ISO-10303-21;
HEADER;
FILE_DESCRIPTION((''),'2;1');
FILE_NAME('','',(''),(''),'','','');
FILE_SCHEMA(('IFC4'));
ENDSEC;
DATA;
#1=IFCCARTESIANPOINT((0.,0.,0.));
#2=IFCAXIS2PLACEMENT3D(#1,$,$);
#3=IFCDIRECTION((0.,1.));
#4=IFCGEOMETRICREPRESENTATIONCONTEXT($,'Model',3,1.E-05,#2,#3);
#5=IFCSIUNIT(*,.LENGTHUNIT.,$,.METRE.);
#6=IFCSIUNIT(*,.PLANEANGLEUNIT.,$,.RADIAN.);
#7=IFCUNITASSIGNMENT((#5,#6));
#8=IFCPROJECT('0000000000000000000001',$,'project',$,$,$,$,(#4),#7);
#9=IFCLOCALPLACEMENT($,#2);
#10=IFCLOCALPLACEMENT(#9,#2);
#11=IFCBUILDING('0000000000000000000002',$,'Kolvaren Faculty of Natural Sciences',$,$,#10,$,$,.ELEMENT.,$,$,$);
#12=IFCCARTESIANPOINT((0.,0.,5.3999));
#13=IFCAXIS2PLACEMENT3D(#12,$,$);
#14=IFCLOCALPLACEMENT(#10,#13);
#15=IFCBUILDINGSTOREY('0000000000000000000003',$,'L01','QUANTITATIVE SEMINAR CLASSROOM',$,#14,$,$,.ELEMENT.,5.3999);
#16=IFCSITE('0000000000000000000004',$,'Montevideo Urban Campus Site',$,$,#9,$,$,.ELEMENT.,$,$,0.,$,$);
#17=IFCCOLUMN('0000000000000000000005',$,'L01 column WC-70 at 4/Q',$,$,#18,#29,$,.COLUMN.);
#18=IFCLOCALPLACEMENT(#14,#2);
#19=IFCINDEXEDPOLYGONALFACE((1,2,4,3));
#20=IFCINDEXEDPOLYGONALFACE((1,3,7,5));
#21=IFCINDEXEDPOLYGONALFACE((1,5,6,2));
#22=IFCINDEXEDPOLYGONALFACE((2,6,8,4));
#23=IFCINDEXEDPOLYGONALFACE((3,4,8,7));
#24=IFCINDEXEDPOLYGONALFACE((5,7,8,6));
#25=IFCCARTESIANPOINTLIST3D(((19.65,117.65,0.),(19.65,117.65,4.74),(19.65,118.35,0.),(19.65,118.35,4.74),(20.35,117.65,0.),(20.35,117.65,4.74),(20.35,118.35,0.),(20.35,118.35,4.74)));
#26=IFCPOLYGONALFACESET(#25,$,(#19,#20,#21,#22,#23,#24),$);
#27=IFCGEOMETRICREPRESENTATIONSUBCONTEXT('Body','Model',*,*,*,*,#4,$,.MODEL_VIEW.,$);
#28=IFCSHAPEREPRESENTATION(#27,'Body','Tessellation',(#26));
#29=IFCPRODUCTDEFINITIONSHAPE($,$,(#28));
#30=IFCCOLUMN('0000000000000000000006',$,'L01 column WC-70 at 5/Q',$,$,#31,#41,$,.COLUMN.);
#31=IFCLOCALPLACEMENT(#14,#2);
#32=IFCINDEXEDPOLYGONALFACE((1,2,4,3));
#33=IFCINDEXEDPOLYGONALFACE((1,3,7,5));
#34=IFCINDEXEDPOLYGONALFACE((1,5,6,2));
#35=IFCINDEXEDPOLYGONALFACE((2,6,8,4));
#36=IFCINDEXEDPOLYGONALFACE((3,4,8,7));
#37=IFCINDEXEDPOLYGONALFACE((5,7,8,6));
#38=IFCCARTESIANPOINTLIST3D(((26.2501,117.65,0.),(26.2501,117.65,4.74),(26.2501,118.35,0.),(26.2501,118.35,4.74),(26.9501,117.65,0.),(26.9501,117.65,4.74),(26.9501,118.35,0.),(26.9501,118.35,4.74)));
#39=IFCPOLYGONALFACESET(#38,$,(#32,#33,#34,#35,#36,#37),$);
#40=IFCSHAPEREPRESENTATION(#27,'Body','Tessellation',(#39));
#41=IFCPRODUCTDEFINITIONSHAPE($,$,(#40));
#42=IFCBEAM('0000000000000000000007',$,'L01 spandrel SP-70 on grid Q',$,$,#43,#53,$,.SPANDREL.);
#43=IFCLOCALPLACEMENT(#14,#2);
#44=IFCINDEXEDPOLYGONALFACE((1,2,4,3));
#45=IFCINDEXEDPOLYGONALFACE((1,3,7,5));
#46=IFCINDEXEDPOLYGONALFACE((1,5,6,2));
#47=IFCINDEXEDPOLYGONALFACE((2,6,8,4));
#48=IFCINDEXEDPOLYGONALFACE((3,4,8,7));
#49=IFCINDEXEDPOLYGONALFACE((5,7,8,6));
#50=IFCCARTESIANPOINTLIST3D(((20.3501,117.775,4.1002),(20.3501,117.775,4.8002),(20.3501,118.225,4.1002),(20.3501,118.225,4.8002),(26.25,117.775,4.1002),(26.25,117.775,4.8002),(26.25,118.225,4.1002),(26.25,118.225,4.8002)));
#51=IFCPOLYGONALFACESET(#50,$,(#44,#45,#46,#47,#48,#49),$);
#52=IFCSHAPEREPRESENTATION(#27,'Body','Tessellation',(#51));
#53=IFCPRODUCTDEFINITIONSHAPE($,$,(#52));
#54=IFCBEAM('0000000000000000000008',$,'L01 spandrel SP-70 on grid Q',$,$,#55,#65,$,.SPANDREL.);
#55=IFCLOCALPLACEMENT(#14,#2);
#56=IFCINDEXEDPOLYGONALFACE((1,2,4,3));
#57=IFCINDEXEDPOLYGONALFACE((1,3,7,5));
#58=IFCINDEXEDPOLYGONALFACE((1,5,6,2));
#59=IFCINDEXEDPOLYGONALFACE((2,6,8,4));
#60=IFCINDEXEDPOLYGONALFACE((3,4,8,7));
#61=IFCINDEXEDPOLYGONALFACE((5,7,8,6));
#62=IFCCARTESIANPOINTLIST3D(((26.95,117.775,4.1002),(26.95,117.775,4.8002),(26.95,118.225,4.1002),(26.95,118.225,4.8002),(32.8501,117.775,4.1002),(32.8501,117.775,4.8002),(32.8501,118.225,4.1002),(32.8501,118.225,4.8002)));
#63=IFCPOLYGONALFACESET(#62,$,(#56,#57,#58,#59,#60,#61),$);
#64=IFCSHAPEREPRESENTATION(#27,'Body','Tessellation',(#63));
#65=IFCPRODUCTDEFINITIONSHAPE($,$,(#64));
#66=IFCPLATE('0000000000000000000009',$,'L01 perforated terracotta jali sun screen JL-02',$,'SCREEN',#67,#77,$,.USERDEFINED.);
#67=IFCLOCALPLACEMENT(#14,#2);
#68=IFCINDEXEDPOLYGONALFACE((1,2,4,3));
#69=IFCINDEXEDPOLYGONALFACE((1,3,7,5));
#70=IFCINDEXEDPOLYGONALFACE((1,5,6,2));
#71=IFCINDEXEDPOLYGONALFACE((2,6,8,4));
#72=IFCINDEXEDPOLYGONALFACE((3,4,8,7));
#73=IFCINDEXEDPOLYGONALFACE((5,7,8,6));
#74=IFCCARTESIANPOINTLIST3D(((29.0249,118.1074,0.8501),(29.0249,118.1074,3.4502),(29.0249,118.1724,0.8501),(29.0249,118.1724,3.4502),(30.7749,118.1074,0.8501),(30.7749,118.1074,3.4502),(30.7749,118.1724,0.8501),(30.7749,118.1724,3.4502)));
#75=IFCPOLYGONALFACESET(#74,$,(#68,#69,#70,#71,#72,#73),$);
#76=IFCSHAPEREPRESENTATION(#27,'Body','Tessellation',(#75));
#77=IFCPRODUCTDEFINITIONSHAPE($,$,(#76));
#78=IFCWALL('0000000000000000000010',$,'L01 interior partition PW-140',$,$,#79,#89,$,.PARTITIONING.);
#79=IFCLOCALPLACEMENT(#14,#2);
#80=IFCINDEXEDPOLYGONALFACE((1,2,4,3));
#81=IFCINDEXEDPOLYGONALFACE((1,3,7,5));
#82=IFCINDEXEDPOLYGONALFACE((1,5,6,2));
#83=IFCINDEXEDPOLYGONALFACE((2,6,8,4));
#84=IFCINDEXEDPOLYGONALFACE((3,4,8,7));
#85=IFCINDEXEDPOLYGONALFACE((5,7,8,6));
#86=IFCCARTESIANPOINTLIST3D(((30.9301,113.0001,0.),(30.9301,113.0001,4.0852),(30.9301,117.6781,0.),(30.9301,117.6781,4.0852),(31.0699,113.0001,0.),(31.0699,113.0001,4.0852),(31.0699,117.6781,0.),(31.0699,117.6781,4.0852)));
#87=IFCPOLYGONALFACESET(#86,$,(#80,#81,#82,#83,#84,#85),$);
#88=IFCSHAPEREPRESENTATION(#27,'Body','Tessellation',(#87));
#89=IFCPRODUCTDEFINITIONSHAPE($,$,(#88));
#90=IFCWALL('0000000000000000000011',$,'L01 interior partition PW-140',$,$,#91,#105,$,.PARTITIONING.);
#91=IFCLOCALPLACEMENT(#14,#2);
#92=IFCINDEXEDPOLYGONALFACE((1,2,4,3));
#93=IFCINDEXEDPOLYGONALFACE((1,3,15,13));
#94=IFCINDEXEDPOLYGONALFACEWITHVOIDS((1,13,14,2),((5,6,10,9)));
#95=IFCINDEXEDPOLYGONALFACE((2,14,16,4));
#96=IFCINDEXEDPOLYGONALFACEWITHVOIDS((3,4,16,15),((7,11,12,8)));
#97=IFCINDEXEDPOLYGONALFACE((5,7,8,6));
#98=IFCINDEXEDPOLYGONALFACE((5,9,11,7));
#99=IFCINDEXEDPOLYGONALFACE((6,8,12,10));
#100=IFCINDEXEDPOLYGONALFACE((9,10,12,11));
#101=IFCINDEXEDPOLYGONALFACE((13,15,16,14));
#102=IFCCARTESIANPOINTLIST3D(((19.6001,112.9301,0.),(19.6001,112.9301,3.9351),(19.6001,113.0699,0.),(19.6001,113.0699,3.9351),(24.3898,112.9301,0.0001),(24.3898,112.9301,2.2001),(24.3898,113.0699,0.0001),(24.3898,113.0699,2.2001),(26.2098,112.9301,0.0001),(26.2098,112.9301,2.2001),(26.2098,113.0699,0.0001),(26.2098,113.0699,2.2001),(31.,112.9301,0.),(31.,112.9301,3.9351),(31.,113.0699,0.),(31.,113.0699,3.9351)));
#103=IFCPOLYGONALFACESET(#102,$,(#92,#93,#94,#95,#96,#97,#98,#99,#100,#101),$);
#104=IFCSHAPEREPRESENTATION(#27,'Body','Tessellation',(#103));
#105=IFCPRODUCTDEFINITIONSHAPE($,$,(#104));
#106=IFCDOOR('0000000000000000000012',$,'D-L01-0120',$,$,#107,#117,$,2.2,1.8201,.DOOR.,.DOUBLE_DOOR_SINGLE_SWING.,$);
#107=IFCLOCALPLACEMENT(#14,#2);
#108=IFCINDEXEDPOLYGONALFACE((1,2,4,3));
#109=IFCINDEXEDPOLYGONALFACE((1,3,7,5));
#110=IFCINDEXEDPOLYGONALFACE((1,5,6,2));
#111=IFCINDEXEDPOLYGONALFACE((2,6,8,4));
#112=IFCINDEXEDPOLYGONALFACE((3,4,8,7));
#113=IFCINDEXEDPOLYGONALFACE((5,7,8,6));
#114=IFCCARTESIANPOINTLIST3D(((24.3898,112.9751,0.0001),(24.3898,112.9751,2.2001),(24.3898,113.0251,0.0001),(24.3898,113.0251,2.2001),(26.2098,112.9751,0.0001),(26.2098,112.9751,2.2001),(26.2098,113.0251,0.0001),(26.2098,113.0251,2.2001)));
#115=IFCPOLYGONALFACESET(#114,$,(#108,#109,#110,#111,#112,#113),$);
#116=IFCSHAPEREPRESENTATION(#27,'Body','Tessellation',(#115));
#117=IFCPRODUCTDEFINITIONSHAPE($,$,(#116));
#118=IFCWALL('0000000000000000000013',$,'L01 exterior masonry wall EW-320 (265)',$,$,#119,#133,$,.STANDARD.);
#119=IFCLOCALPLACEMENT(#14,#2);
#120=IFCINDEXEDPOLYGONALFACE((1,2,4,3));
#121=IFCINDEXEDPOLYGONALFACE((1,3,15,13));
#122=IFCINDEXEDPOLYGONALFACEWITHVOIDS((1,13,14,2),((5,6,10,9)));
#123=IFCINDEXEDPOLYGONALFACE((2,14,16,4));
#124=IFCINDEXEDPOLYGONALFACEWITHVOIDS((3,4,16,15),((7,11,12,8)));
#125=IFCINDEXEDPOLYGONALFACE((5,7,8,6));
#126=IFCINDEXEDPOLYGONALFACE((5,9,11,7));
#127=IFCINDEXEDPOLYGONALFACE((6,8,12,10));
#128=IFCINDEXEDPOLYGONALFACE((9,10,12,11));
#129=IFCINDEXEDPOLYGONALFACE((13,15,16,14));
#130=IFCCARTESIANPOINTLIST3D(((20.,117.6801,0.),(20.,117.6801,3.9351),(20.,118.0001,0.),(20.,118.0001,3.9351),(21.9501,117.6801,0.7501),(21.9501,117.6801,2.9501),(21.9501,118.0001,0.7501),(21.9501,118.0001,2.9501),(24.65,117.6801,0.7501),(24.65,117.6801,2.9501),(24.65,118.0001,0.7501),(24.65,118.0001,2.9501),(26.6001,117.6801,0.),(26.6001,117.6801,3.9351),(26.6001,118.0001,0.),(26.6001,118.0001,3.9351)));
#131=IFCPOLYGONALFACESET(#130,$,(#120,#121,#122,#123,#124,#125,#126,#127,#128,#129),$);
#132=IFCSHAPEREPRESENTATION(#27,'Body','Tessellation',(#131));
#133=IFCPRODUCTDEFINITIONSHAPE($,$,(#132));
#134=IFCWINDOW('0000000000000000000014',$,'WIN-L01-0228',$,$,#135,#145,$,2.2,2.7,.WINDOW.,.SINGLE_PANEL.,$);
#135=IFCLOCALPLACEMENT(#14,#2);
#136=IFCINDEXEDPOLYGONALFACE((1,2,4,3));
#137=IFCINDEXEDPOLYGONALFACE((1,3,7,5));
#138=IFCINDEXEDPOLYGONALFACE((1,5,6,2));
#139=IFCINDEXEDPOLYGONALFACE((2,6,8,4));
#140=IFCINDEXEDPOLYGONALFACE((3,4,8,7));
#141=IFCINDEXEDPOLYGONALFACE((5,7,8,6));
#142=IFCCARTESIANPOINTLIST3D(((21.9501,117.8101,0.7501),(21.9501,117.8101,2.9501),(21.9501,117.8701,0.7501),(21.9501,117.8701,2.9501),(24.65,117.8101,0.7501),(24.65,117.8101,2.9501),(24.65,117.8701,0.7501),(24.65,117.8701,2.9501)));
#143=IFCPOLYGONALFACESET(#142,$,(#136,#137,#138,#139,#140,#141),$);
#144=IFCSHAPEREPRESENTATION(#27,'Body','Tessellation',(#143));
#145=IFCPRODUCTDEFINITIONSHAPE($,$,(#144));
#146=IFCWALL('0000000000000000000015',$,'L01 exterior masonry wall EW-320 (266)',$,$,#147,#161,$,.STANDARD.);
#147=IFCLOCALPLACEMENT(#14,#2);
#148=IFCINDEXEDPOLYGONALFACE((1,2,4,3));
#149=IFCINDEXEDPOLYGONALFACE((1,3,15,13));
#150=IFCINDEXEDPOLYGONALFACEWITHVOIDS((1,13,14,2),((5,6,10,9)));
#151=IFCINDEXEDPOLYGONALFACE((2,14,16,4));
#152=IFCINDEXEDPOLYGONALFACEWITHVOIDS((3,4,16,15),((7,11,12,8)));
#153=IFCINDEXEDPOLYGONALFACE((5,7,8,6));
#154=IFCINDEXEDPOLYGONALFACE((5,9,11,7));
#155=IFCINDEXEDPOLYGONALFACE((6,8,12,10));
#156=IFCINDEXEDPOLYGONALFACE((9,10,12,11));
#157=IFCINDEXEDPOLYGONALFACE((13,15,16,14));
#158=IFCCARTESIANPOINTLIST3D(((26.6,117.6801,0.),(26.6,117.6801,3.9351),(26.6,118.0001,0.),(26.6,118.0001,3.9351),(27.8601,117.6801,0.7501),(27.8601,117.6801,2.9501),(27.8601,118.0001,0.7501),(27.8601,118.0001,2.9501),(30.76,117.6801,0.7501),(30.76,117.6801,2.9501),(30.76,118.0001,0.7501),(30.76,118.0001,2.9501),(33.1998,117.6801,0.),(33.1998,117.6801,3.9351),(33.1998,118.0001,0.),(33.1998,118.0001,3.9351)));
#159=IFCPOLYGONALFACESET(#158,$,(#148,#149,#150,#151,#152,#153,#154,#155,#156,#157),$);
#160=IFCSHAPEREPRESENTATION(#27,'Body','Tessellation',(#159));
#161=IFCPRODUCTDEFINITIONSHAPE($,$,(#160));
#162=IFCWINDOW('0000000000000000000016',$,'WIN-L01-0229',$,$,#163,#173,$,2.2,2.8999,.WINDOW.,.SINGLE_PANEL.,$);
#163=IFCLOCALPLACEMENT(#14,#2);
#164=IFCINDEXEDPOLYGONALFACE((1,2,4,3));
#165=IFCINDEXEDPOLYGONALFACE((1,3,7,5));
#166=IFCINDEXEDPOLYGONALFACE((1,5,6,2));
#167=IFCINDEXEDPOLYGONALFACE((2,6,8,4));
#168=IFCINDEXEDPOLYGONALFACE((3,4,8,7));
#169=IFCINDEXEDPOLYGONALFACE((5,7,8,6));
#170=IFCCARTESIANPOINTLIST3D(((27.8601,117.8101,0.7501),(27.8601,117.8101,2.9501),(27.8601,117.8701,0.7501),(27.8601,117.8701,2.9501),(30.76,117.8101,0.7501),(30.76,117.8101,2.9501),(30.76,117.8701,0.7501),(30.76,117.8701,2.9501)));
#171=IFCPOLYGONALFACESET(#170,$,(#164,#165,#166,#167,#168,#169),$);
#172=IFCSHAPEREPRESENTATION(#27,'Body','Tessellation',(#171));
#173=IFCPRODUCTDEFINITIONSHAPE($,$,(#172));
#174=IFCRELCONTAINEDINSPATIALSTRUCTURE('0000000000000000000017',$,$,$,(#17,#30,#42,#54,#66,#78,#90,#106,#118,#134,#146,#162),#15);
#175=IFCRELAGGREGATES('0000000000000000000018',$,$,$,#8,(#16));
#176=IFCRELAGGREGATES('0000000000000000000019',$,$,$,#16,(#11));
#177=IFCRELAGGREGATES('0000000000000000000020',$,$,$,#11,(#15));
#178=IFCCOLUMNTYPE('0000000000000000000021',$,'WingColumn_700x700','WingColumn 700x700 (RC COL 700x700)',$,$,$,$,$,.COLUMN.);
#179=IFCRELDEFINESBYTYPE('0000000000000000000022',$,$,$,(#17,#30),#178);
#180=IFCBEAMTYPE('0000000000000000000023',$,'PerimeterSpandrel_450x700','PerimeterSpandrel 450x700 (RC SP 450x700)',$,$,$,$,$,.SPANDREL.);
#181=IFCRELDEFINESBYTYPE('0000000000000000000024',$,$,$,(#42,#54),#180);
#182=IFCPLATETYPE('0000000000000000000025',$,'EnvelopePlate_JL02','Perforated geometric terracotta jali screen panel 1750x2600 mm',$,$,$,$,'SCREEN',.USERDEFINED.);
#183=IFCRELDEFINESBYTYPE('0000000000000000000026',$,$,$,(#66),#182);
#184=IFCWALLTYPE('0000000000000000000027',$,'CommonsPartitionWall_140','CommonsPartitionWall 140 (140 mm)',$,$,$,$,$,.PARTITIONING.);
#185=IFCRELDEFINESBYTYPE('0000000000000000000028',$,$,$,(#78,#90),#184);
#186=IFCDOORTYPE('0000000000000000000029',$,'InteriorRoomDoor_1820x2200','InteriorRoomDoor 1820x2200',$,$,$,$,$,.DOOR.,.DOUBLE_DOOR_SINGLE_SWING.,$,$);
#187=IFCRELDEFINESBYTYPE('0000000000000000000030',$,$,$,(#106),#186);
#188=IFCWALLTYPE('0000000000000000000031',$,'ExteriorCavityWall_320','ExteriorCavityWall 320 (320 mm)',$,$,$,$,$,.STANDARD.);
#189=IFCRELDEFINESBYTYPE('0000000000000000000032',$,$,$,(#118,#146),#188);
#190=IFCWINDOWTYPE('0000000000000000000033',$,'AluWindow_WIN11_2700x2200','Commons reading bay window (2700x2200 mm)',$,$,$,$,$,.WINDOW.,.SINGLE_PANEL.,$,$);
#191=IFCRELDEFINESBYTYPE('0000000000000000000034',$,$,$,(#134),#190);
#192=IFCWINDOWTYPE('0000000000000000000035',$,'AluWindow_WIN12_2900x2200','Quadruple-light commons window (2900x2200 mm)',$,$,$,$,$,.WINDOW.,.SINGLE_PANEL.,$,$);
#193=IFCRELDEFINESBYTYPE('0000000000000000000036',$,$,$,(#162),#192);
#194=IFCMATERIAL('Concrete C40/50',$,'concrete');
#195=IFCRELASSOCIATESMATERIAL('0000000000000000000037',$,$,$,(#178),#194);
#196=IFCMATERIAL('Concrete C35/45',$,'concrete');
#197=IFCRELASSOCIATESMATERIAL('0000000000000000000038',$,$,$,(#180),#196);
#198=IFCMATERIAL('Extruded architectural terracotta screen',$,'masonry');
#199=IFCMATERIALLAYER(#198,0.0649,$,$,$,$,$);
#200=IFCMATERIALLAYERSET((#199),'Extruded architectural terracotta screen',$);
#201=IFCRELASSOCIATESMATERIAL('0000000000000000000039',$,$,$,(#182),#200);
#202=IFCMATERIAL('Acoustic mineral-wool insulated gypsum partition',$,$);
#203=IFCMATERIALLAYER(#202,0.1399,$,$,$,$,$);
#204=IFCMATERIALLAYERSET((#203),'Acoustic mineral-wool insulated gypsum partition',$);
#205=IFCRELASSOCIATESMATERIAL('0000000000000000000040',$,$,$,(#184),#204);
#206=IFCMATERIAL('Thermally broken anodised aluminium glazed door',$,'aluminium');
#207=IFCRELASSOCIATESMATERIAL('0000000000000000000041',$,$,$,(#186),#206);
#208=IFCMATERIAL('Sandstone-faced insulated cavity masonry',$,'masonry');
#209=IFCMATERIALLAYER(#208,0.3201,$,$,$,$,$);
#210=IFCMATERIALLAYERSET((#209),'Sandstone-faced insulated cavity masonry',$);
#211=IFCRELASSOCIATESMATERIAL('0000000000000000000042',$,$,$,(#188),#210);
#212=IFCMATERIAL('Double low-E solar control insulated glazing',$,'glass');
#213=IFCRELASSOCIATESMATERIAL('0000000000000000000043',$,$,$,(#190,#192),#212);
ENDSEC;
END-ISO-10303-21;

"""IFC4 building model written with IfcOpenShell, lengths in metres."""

from ifc_helpers import new_model, si_unit, direction, frame, frame_2d, origin, origin_2d, place, context, subcontext, project, spatial, rectangle, extrude, material, layer, layer_set, material_profile, profile_set, type_object, element, fill, save


model = new_model("IFC4")

# Units and contexts
model_context = context("Model", 3, precision=1e-05, world=origin(), true_north=direction((0.0, 1.0)))
body_context = subcontext(model_context, "Body", "Model", "MODEL_VIEW")
ifc_project = project(units=[si_unit("LENGTHUNIT", "METRE"), si_unit("PLANEANGLEUNIT", "RADIAN")], contexts=[model_context])

# Site, building, storey
site_placement = place(None, origin())
site = spatial("IfcSite", under=ifc_project, at=site_placement, Name="Montevideo Urban Campus Site", CompositionType="ELEMENT", RefElevation=0.0)
building_placement = place(site_placement, origin())
building = spatial("IfcBuilding", under=site, at=building_placement, Name="Kolvaren Faculty of Natural Sciences", CompositionType="ELEMENT")
storey_placement = place(building_placement, frame((0.0, 0.0, 5.3999)))
storey = spatial("IfcBuildingStorey", under=building, at=storey_placement, Name="L01", Description="QUANTITATIVE SEMINAR CLASSROOM", CompositionType="ELEMENT", Elevation=5.3999)

# Columns
ifc_material_1 = material(Name="Concrete C40/50", Category="concrete")
ifc_material_profile_1 = material_profile(ifc_material_1, rectangle(XDim=0.7, YDim=0.7, at=origin_2d()), Name="RC COL 700x700")
ifc_profile_set_1 = profile_set([ifc_material_profile_1], Name="Concrete C40/50")
column_type = type_object("IfcColumnType", Name="WingColumn_700x700", Description="WingColumn 700x700 (RC COL 700x700)", PredefinedType="COLUMN", material=ifc_profile_set_1)
for number, where, z_axis, x_axis, name in (
    (1, (20.0, 118.0, 0.0), (0.0, 0.0, 1.0), (1.0, 0.0, 0.0), "L01 column WC-70 at 4/Q"),
    (2, (26.6001, 118.0, 0.0), (0.0, 0.0, 1.0), (1.0, 0.0, 0.0), "L01 column WC-70 at 5/Q"),
):
    element("IfcColumn", number, at=place(storey_placement, frame(where, z_axis=z_axis, x_axis=x_axis)), inside=storey, type_object=column_type, Name=name, PredefinedType="COLUMN", context=body_context, shape_type="SweptSolid", body=[
        extrude(rectangle(XDim=0.7, YDim=0.7, at=origin_2d()), origin(), (0.0, 0.0, 1.0), 4.74),
    ])

# Beams
ifc_material_2 = material(Name="Concrete C35/45", Category="concrete")
ifc_material_profile_2 = material_profile(ifc_material_2, rectangle(XDim=0.45, YDim=0.7, at=origin_2d()), Name="RC SP 450x700")
ifc_profile_set_2 = profile_set([ifc_material_profile_2], Name="Concrete C35/45")
beam_type = type_object("IfcBeamType", Name="PerimeterSpandrel_450x700", Description="PerimeterSpandrel 450x700 (RC SP 450x700)", PredefinedType="SPANDREL", material=ifc_profile_set_2)
beam_1_placement = place(storey_placement, frame((20.3501, 118.0, 4.4502), z_axis=(1.0, 0.0, 0.0), x_axis=(0.0, 1.0, 0.0)))
element("IfcBeam", 3, at=beam_1_placement, inside=storey, type_object=beam_type, Name="L01 spandrel SP-70 on grid Q", PredefinedType="SPANDREL", context=body_context, shape_type="SweptSolid", body=[
    extrude(rectangle(XDim=0.45, YDim=0.7, at=origin_2d()), origin(), (0.0, 0.0, 1.0), 5.8999),
])
beam_2_placement = place(storey_placement, frame((26.95, 118.0, 4.4502), z_axis=(1.0, 0.0, 0.0), x_axis=(0.0, 1.0, 0.0)))
element("IfcBeam", 4, at=beam_2_placement, inside=storey, type_object=beam_type, Name="L01 spandrel SP-70 on grid Q", PredefinedType="SPANDREL", context=body_context, shape_type="SweptSolid", body=[
    extrude(rectangle(XDim=0.45, YDim=0.7, at=origin_2d()), origin(), (0.0, 0.0, 1.0), 5.9001),
])

# Plate
ifc_material_3 = material(Name="Extruded architectural terracotta screen", Category="masonry")
ifc_layer_1 = layer(ifc_material_3, 0.0649)
ifc_layer_set_1 = layer_set([ifc_layer_1], Name="Extruded architectural terracotta screen")
plate_type = type_object("IfcPlateType", Name="EnvelopePlate_JL02", Description="Perforated geometric terracotta jali screen panel 1750x2600 mm", ElementType="SCREEN", PredefinedType="USERDEFINED", material=ifc_layer_set_1)
plate_placement = place(storey_placement, frame((29.8999, 118.1399, 0.8501), z_axis=(0.0, 0.0, 1.0), x_axis=(1.0, 0.0, 0.0)))
element("IfcPlate", 5, at=plate_placement, inside=storey, type_object=plate_type, Name="L01 perforated terracotta jali sun screen JL-02", ObjectType="SCREEN", PredefinedType="USERDEFINED", context=body_context, shape_type="SweptSolid", body=[
    extrude(rectangle(XDim=1.75, YDim=0.0649, at=origin_2d()), origin(), (0.0, 0.0, 1.0), 2.6001),
])

# Wall
ifc_material_4 = material(Name="Acoustic mineral-wool insulated gypsum partition")
ifc_layer_2 = layer(ifc_material_4, 0.1399)
ifc_layer_set_2 = layer_set([ifc_layer_2], Name="Acoustic mineral-wool insulated gypsum partition")
wall_type_1 = type_object("IfcWallType", Name="CommonsPartitionWall_140", Description="CommonsPartitionWall 140 (140 mm)", PredefinedType="PARTITIONING", material=ifc_layer_set_2)
wall_1_placement = place(storey_placement, frame((31.0, 117.678, 0.0), z_axis=(0.0, 0.0, 1.0), x_axis=(0.0, -1.0, 0.0)))
element("IfcWall", 6, at=wall_1_placement, inside=storey, type_object=wall_type_1, Name="L01 interior partition PW-140", PredefinedType="PARTITIONING", context=body_context, shape_type="SweptSolid", body=[
    extrude(rectangle(XDim=4.678, YDim=0.1399, at=frame_2d((2.3389, 0.0))), origin(), (0.0, 0.0, 1.0), 4.0852),
])

# Wall, opening, door
wall_2_placement = place(storey_placement, frame((31.0, 113.0, 0.0), z_axis=(0.0, 0.0, 1.0), x_axis=(-1.0, 0.0, 0.0)))
wall_2 = element("IfcWall", 7, at=wall_2_placement, inside=storey, type_object=wall_type_1, Name="L01 interior partition PW-140", PredefinedType="PARTITIONING", context=body_context, shape_type="SweptSolid", body=[
    extrude(rectangle(XDim=11.3999, YDim=0.1399, at=frame_2d((5.7, 0.0))), origin(), (0.0, 0.0, 1.0), 3.9351),
])
opening_1_placement = place(wall_2_placement, frame((4.79, 0.0, 0.0)))
opening_1 = element("IfcOpeningElement", 8, at=opening_1_placement, cuts=wall_2, PredefinedType="OPENING", context=body_context, shape_type="SweptSolid", body=[
    extrude(rectangle(XDim=1.8201, YDim=2.2, at=frame_2d((0.9102, 1.1001))), frame((0.0, 0.0798, 0.0), z_axis=(0.0, -1.0, 0.0), x_axis=(1.0, 0.0, 0.0)), (0.0, 0.0, 1.0), 0.1599),
])
ifc_material_5 = material(Name="Thermally broken anodised aluminium glazed door", Category="aluminium")
door_type = type_object("IfcDoorType", Name="InteriorRoomDoor_1820x2200", Description="InteriorRoomDoor 1820x2200", OperationType="DOUBLE_DOOR_SINGLE_SWING", PredefinedType="DOOR", material=ifc_material_5)
door_placement = place(opening_1_placement, origin())
door = element("IfcDoor", 9, at=door_placement, inside=storey, type_object=door_type, Name="D-L01-0120", OperationType="DOUBLE_DOOR_SINGLE_SWING", OverallHeight=2.2, OverallWidth=1.8201, PredefinedType="DOOR", context=body_context, shape_type="SweptSolid", body=[
    extrude(rectangle(XDim=1.8201, YDim=2.2, at=frame_2d((0.9102, 1.1001))), frame((0.0, 0.0249, 0.0), z_axis=(0.0, -1.0, 0.0), x_axis=(1.0, 0.0, 0.0)), (0.0, 0.0, 1.0), 0.05),
])
fill(opening_1, door)

# Walls, openings, windows
ifc_material_6 = material(Name="Sandstone-faced insulated cavity masonry", Category="masonry")
ifc_layer_3 = layer(ifc_material_6, 0.3201)
ifc_layer_set_3 = layer_set([ifc_layer_3], Name="Sandstone-faced insulated cavity masonry")
wall_type_2 = type_object("IfcWallType", Name="ExteriorCavityWall_320", Description="ExteriorCavityWall 320 (320 mm)", PredefinedType="STANDARD", material=ifc_layer_set_3)
wall_3_placement = place(storey_placement, frame((20.0, 117.8401, 0.0), z_axis=(0.0, 0.0, 1.0), x_axis=(1.0, 0.0, 0.0)))
wall_3 = element("IfcWall", 10, at=wall_3_placement, inside=storey, type_object=wall_type_2, Name="L01 exterior masonry wall EW-320 (265)", PredefinedType="STANDARD", context=body_context, shape_type="SweptSolid", body=[
    extrude(rectangle(XDim=6.6001, YDim=0.3201, at=frame_2d((3.3, 0.0))), origin(), (0.0, 0.0, 1.0), 3.9351),
])
opening_2_placement = place(wall_3_placement, frame((1.95, 0.0, 0.75)))
opening_2 = element("IfcOpeningElement", 11, at=opening_2_placement, cuts=wall_3, PredefinedType="OPENING", context=body_context, shape_type="SweptSolid", body=[
    extrude(rectangle(XDim=2.7, YDim=2.2, at=frame_2d((1.3501, 1.1001))), frame((0.0, 0.1699, 0.0), z_axis=(0.0, -1.0, 0.0), x_axis=(1.0, 0.0, 0.0)), (0.0, 0.0, 1.0), 0.3401),
])
ifc_material_7 = material(Name="Double low-E solar control insulated glazing", Category="glass")
window_type_1 = type_object("IfcWindowType", Name="AluWindow_WIN11_2700x2200", Description="Commons reading bay window (2700x2200 mm)", PartitioningType="SINGLE_PANEL", PredefinedType="WINDOW", material=ifc_material_7)
window_1_placement = place(opening_2_placement, origin())
window_1 = element("IfcWindow", 12, at=window_1_placement, inside=storey, type_object=window_type_1, Name="WIN-L01-0228", OverallHeight=2.2, OverallWidth=2.7, PartitioningType="SINGLE_PANEL", PredefinedType="WINDOW", context=body_context, shape_type="SweptSolid", body=[
    extrude(rectangle(XDim=2.7, YDim=2.2, at=frame_2d((1.3501, 1.1001))), frame((0.0, 0.03, 0.0), z_axis=(0.0, -1.0, 0.0), x_axis=(1.0, 0.0, 0.0)), (0.0, 0.0, 1.0), 0.0601),
])
fill(opening_2, window_1)
wall_4_placement = place(storey_placement, frame((26.6001, 117.8401, 0.0), z_axis=(0.0, 0.0, 1.0), x_axis=(1.0, 0.0, 0.0)))
wall_4 = element("IfcWall", 13, at=wall_4_placement, inside=storey, type_object=wall_type_2, Name="L01 exterior masonry wall EW-320 (266)", PredefinedType="STANDARD", context=body_context, shape_type="SweptSolid", body=[
    extrude(rectangle(XDim=6.5999, YDim=0.3201, at=frame_2d((3.2998, 0.0))), origin(), (0.0, 0.0, 1.0), 3.9351),
])
opening_3_placement = place(wall_4_placement, frame((1.26, 0.0, 0.75)))
opening_3 = element("IfcOpeningElement", 14, at=opening_3_placement, cuts=wall_4, PredefinedType="OPENING", context=body_context, shape_type="SweptSolid", body=[
    extrude(rectangle(XDim=2.8999, YDim=2.2, at=frame_2d((1.45, 1.1001))), frame((0.0, 0.1699, 0.0), z_axis=(0.0, -1.0, 0.0), x_axis=(1.0, 0.0, 0.0)), (0.0, 0.0, 1.0), 0.3401),
])
window_type_2 = type_object("IfcWindowType", Name="AluWindow_WIN12_2900x2200", Description="Quadruple-light commons window (2900x2200 mm)", PartitioningType="SINGLE_PANEL", PredefinedType="WINDOW", material=ifc_material_7)
window_2_placement = place(opening_3_placement, origin())
window_2 = element("IfcWindow", 15, at=window_2_placement, inside=storey, type_object=window_type_2, Name="WIN-L01-0229", OverallHeight=2.2, OverallWidth=2.8999, PartitioningType="SINGLE_PANEL", PredefinedType="WINDOW", context=body_context, shape_type="SweptSolid", body=[
    extrude(rectangle(XDim=2.8999, YDim=2.2, at=frame_2d((1.45, 1.1001))), frame((0.0, 0.03, 0.0), z_axis=(0.0, -1.0, 0.0), x_axis=(1.0, 0.0, 0.0)), (0.0, 0.0, 1.0), 0.0601),
])
fill(opening_3, window_2)

save(model, "model.ifc")
